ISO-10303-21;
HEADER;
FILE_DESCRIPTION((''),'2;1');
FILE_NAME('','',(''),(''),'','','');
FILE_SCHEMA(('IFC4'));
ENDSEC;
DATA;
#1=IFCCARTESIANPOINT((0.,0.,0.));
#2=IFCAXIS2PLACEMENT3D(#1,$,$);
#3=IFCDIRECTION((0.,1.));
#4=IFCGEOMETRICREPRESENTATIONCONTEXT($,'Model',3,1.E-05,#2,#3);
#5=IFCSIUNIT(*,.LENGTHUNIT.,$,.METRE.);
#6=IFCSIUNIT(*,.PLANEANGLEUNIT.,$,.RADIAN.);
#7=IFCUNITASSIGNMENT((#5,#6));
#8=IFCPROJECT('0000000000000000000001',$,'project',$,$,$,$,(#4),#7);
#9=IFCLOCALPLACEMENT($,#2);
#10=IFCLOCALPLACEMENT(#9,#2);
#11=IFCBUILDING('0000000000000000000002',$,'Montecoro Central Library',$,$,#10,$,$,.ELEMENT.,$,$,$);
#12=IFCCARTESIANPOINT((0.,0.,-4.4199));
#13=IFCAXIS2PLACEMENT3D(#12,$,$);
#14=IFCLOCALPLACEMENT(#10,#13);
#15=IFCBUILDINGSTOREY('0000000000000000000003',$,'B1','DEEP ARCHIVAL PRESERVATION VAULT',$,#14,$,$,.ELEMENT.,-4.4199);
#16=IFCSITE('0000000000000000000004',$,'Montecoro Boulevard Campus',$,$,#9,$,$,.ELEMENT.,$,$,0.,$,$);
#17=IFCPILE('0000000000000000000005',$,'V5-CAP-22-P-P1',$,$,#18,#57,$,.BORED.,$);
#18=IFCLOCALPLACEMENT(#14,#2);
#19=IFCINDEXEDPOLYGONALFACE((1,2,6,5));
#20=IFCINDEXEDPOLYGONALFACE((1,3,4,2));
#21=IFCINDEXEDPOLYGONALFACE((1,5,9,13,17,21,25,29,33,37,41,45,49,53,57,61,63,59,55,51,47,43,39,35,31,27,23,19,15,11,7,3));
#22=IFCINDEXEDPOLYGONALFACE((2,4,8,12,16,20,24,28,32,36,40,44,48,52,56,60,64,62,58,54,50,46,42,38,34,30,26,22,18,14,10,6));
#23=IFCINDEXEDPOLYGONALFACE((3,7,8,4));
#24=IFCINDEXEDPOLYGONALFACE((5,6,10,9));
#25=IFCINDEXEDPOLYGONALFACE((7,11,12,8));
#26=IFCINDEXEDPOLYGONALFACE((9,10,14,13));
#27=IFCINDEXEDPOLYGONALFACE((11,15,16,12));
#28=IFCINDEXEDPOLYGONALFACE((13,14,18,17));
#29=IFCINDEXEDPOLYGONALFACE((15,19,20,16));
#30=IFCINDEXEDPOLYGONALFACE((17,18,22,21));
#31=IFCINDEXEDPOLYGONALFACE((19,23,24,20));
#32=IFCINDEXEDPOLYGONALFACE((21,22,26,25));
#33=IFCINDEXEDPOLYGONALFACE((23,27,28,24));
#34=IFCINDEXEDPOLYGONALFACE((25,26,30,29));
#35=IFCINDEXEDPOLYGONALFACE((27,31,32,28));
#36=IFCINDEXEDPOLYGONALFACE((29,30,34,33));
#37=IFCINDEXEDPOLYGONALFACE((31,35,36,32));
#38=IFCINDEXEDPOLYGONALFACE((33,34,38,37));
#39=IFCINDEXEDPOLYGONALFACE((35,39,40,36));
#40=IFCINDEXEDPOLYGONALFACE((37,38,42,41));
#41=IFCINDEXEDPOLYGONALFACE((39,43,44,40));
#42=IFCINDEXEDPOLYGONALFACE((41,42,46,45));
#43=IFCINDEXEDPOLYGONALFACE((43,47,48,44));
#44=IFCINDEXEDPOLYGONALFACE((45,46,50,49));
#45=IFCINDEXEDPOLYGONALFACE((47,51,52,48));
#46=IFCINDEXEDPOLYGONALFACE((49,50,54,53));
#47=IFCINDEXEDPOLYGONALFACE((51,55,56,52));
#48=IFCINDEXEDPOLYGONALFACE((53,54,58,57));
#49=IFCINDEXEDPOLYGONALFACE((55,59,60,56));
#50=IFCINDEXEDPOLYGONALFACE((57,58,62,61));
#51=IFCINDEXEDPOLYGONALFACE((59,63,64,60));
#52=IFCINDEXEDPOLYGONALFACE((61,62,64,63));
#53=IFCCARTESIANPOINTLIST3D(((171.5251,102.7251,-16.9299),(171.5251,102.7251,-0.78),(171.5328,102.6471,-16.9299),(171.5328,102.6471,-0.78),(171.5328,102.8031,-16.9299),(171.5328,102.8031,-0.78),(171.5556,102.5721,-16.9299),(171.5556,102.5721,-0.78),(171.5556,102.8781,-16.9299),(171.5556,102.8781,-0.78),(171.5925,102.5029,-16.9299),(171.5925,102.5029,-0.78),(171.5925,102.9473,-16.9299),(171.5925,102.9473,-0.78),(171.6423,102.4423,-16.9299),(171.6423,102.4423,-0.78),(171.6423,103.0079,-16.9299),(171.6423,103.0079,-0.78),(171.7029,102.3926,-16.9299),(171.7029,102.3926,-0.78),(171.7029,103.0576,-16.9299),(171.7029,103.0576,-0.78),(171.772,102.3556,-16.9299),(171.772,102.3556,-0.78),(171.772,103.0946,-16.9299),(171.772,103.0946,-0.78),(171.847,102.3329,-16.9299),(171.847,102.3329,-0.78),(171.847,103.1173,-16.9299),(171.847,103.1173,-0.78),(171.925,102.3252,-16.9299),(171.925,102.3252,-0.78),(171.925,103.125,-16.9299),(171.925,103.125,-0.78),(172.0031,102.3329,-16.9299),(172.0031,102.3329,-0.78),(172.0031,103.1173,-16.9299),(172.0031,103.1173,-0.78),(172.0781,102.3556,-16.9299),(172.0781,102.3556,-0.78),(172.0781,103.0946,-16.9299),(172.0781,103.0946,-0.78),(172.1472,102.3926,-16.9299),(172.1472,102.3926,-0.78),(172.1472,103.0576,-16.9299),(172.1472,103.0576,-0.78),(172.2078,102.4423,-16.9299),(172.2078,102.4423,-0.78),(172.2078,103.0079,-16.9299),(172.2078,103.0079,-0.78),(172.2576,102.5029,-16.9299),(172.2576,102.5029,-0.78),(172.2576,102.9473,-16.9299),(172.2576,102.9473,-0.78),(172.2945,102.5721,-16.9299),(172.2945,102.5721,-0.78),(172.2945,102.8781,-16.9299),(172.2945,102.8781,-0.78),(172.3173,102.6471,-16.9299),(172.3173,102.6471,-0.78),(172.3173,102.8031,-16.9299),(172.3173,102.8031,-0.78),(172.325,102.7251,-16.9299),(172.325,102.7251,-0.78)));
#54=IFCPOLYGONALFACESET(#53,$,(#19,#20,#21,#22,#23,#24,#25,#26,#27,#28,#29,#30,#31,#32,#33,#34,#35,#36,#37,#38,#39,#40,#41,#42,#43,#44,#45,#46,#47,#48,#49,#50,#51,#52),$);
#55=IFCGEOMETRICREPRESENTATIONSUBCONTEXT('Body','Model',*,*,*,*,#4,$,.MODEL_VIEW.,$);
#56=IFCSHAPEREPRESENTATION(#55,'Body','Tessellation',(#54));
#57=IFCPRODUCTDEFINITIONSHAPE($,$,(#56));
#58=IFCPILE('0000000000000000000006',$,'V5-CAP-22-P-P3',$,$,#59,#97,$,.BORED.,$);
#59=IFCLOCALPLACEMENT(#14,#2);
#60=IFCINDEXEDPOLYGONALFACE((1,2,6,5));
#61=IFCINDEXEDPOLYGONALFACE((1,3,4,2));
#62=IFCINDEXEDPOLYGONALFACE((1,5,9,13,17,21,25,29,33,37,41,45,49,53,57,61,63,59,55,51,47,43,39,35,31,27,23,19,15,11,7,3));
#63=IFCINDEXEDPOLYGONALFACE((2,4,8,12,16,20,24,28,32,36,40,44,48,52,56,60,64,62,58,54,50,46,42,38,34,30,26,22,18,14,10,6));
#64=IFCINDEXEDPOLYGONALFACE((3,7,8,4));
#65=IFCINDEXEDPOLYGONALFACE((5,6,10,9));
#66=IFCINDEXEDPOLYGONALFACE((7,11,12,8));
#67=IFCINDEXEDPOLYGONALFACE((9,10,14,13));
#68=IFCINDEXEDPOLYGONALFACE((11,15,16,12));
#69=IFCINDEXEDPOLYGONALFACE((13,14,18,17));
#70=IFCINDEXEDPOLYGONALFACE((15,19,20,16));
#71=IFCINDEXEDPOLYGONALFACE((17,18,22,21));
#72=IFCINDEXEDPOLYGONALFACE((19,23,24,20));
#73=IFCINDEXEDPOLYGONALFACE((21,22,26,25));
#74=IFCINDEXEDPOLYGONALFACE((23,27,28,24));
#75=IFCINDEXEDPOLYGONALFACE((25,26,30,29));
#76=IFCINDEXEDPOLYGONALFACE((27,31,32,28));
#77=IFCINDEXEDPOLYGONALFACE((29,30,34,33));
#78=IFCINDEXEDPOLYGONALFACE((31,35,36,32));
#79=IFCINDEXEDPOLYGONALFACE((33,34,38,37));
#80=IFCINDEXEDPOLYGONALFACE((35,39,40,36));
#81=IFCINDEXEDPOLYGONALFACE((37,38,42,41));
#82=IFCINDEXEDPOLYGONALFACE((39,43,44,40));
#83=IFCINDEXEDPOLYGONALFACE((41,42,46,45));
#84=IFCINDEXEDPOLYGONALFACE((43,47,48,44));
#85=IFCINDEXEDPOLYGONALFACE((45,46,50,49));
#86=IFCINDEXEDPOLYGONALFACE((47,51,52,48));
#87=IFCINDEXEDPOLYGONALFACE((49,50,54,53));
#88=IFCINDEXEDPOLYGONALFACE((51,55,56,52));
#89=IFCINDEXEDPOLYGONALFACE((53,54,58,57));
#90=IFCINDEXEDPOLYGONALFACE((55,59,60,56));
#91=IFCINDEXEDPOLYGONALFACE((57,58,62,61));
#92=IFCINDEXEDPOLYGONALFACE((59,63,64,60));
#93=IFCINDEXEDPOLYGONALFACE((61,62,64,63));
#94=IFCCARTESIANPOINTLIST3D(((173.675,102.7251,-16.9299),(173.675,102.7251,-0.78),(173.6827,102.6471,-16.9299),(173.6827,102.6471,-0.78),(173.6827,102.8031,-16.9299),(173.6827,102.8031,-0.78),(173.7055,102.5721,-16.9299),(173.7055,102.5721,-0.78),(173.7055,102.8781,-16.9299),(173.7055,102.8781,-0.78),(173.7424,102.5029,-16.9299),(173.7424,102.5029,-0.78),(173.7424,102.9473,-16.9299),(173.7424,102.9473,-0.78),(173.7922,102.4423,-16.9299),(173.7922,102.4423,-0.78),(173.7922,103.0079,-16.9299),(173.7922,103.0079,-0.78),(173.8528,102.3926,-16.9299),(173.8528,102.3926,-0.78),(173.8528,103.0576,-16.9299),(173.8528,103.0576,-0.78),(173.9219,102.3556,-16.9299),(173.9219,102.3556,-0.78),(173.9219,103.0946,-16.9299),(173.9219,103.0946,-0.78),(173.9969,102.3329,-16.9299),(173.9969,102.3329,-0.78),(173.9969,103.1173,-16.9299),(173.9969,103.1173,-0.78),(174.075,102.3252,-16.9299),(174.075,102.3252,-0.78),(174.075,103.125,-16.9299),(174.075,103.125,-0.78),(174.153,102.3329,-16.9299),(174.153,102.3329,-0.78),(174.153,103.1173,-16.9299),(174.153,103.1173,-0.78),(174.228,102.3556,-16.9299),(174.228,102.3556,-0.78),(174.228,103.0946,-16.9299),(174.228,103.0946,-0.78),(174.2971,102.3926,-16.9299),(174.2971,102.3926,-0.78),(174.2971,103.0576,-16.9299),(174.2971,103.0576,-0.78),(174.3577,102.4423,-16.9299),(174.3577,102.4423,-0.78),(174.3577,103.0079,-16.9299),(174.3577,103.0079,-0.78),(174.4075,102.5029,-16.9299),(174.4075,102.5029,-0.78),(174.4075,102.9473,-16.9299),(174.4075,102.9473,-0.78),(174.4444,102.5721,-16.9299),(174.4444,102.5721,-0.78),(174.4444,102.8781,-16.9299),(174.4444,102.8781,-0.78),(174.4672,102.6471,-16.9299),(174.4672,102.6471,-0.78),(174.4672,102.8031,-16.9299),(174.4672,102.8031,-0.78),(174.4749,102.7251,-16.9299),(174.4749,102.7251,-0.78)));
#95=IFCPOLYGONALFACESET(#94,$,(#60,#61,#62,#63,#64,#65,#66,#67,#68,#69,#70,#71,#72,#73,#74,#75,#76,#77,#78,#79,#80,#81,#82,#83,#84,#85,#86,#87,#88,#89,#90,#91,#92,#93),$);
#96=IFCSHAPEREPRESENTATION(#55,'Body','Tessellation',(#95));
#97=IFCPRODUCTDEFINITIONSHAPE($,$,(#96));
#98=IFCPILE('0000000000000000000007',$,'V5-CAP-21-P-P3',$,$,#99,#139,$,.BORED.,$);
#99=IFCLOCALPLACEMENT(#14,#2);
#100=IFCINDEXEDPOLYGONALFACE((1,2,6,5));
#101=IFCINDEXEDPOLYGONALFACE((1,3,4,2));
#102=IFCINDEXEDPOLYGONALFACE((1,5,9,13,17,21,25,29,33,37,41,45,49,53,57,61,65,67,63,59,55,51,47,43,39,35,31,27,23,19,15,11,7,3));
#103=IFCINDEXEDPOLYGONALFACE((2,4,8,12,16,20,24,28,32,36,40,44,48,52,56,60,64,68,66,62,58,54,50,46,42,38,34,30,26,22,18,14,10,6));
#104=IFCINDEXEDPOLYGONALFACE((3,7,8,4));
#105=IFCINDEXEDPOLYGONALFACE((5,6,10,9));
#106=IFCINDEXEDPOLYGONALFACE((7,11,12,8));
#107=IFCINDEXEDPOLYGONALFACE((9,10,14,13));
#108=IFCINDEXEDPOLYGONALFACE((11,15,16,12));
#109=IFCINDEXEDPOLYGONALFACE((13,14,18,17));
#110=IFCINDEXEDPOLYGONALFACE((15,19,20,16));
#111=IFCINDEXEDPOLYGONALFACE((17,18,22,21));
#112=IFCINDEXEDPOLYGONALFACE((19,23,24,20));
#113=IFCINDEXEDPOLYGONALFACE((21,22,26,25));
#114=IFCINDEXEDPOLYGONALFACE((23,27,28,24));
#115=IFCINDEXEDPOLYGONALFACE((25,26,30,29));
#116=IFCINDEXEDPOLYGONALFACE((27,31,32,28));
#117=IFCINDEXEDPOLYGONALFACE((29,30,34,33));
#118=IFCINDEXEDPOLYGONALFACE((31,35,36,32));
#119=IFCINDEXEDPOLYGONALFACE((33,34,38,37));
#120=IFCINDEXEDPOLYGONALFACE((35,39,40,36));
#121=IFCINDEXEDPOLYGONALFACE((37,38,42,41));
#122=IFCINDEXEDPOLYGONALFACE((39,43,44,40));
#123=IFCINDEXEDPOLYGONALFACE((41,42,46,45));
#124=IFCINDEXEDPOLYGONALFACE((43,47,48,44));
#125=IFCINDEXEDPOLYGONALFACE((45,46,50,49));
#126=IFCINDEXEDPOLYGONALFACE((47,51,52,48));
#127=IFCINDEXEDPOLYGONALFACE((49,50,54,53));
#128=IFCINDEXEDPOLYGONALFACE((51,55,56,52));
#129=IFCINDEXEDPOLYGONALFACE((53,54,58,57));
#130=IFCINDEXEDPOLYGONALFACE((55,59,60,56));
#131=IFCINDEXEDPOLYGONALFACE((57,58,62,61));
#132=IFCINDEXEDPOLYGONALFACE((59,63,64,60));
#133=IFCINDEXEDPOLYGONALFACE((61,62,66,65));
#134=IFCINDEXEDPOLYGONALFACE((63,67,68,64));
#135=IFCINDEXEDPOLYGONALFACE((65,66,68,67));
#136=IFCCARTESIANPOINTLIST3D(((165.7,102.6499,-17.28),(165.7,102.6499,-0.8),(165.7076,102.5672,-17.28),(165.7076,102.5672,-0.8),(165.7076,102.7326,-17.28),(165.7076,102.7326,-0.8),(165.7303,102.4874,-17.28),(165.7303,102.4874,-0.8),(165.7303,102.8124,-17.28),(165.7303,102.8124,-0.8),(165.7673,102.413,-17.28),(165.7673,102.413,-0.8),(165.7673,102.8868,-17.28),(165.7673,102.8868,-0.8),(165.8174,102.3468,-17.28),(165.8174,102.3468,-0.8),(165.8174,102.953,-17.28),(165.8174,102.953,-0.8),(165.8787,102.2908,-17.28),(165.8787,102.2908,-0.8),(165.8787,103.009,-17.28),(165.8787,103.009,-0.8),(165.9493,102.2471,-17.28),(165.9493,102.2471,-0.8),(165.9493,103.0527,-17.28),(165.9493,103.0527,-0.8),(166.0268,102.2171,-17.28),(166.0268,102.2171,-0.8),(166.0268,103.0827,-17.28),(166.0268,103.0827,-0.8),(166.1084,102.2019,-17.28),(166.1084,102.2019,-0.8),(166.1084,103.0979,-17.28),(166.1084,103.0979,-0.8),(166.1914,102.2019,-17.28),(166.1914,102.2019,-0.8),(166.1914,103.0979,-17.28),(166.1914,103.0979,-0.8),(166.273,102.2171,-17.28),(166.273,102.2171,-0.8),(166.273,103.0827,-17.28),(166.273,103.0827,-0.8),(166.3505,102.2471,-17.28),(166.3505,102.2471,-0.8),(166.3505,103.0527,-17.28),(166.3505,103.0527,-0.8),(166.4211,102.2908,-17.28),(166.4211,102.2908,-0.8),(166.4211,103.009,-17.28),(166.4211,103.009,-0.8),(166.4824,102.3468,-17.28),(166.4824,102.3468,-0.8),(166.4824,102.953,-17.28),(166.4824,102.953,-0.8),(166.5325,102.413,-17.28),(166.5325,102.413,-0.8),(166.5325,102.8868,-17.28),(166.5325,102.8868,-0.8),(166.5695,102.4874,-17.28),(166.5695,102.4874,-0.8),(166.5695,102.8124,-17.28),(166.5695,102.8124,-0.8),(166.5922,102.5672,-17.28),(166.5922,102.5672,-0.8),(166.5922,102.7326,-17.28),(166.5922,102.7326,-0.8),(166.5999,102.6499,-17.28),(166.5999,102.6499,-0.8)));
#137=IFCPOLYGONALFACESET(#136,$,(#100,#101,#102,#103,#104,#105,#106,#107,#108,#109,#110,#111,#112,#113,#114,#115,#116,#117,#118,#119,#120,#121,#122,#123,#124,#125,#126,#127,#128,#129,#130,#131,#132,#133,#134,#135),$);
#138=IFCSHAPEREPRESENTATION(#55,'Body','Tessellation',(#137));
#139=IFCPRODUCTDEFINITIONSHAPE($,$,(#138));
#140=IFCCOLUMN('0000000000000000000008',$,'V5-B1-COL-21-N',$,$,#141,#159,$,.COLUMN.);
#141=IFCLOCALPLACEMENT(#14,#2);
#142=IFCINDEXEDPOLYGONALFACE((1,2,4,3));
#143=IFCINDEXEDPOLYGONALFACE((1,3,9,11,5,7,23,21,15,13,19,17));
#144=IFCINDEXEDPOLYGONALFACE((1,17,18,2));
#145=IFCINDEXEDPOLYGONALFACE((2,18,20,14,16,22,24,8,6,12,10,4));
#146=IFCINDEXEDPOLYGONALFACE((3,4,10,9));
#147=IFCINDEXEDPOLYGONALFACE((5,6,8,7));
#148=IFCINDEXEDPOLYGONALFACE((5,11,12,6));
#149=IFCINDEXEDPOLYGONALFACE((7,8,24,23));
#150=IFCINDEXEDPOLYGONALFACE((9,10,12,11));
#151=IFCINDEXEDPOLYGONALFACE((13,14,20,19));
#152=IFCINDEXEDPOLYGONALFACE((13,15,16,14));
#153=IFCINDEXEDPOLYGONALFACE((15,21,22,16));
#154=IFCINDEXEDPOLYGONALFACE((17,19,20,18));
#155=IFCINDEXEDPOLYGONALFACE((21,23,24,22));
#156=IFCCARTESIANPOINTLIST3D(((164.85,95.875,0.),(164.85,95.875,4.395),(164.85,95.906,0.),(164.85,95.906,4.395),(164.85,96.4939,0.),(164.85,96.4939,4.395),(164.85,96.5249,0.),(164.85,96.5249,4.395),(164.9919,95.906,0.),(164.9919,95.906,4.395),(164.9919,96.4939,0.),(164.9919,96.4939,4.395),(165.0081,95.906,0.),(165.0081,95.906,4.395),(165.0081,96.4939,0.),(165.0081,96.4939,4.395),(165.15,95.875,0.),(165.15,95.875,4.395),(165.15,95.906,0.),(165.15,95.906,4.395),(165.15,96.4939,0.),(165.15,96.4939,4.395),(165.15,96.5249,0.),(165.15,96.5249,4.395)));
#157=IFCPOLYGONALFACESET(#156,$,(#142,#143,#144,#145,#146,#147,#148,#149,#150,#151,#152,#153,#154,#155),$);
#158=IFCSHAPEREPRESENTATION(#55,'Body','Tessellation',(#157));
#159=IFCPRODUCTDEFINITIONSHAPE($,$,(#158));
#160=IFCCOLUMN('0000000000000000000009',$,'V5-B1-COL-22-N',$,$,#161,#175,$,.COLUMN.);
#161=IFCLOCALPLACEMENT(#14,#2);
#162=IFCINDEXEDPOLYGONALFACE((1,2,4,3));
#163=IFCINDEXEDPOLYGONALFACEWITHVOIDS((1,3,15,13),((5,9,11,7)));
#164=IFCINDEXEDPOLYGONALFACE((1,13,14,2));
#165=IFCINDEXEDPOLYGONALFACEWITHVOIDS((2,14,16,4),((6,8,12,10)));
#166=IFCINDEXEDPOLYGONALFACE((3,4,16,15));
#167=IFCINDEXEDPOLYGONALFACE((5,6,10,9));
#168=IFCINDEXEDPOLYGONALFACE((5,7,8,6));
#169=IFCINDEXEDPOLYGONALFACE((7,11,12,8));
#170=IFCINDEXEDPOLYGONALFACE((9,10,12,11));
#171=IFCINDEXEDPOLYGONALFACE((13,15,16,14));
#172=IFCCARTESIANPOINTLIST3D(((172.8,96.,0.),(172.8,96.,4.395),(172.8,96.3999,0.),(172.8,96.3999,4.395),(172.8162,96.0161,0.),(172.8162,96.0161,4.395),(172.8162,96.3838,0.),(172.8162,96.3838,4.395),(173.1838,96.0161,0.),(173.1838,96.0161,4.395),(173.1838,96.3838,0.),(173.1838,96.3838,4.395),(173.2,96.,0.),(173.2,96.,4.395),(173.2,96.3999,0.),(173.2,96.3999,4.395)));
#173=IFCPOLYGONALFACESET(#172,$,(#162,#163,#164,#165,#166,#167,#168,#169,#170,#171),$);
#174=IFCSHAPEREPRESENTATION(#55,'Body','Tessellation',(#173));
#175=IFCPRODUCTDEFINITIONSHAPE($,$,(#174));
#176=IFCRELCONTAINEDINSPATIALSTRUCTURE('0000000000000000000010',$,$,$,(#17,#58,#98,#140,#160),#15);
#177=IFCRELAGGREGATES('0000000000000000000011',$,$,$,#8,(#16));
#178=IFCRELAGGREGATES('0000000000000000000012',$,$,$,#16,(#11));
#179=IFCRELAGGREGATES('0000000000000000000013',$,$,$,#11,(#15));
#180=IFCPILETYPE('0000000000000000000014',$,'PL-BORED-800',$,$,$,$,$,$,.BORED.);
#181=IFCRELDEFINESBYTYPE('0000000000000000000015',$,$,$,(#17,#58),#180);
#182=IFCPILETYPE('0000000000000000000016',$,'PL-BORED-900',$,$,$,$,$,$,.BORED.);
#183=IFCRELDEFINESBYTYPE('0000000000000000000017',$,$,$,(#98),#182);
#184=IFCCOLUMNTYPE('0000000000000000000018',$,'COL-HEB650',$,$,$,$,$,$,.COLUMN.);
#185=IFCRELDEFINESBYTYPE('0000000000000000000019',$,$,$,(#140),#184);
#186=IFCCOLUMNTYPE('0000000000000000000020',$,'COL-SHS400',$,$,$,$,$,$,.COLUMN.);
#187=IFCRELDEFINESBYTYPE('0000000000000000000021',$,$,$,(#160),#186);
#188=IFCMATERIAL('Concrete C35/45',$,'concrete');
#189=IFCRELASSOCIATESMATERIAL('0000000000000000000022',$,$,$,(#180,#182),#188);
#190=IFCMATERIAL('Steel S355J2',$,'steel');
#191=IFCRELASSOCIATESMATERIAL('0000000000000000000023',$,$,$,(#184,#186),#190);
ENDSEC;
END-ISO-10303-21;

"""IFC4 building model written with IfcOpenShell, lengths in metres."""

from ifc_helpers import new_model, si_unit, direction, frame, origin, origin_2d, place, context, subcontext, project, spatial, hollow_rectangle, circle, i_section, extrude, material, material_profile, profile_set, type_object, element, save


model = new_model("IFC4")

# Units and contexts
model_context = context("Model", 3, precision=1e-05, world=origin(), true_north=direction((0.0, 1.0)))
body_context = subcontext(model_context, "Body", "Model", "MODEL_VIEW")
ifc_project = project(units=[si_unit("LENGTHUNIT", "METRE"), si_unit("PLANEANGLEUNIT", "RADIAN")], contexts=[model_context])

# Site, building, storey
site_placement = place(None, origin())
site = spatial("IfcSite", under=ifc_project, at=site_placement, Name="Montecoro Boulevard Campus", CompositionType="ELEMENT", RefElevation=0.0)
building_placement = place(site_placement, origin())
building = spatial("IfcBuilding", under=site, at=building_placement, Name="Montecoro Central Library", CompositionType="ELEMENT")
storey_placement = place(building_placement, frame((0.0, 0.0, -4.4199)))
storey = spatial("IfcBuildingStorey", under=building, at=storey_placement, Name="B1", Description="DEEP ARCHIVAL PRESERVATION VAULT", CompositionType="ELEMENT", Elevation=-4.4199)

# Shared definitions
ifc_material_1 = material(Name="Concrete C35/45", Category="concrete")

# Piles
ifc_material_profile_1 = material_profile(ifc_material_1, circle(Radius=0.3999, at=origin_2d()), Name="PILE D800")
ifc_profile_set_1 = profile_set([ifc_material_profile_1], Name="Concrete C35/45")
pile_type_1 = type_object("IfcPileType", Name="PL-BORED-800", PredefinedType="BORED", material=ifc_profile_set_1)
for number, where, z_axis, x_axis, name in (
    (1, (171.925, 102.7251, -0.78), (0.0, 0.0, -1.0), (1.0, 0.0, 0.0), "V5-CAP-22-P-P1"),
    (2, (174.075, 102.7251, -0.78), (0.0, 0.0, -1.0), (1.0, 0.0, 0.0), "V5-CAP-22-P-P3"),
):
    element("IfcPile", number, at=place(storey_placement, frame(where, z_axis=z_axis, x_axis=x_axis)), inside=storey, type_object=pile_type_1, Name=name, PredefinedType="BORED", context=body_context, shape_type="SweptSolid", body=[
        extrude(circle(Radius=0.3999, at=origin_2d()), origin(), (0.0, 0.0, 1.0), 16.1499),
    ])
ifc_material_profile_2 = material_profile(ifc_material_1, circle(Radius=0.45, at=origin_2d()), Name="PILE D900")
ifc_profile_set_2 = profile_set([ifc_material_profile_2], Name="Concrete C35/45")
pile_type_2 = type_object("IfcPileType", Name="PL-BORED-900", PredefinedType="BORED", material=ifc_profile_set_2)
pile_placement = place(storey_placement, frame((166.1499, 102.6499, -0.8), z_axis=(0.0, 0.0, -1.0), x_axis=(1.0, 0.0, 0.0)))
element("IfcPile", 3, at=pile_placement, inside=storey, type_object=pile_type_2, Name="V5-CAP-21-P-P3", PredefinedType="BORED", context=body_context, shape_type="SweptSolid", body=[
    extrude(circle(Radius=0.45, at=origin_2d()), origin(), (0.0, 0.0, 1.0), 16.48),
])

# Columns
ifc_material_2 = material(Name="Steel S355J2", Category="steel")
ifc_material_profile_3 = material_profile(ifc_material_2, i_section(OverallWidth=0.3, OverallDepth=0.6499, WebThickness=0.0161, FlangeThickness=0.031, at=origin_2d()), Name="HEB 650")
ifc_profile_set_3 = profile_set([ifc_material_profile_3], Name="Steel S355J2")
column_type_1 = type_object("IfcColumnType", Name="COL-HEB650", PredefinedType="COLUMN", material=ifc_profile_set_3)
column_1_placement = place(storey_placement, frame((165.0, 96.2, 0.0), z_axis=(0.0, 0.0, 1.0), x_axis=(1.0, 0.0, 0.0)))
element("IfcColumn", 4, at=column_1_placement, inside=storey, type_object=column_type_1, Name="V5-B1-COL-21-N", PredefinedType="COLUMN", context=body_context, shape_type="SweptSolid", body=[
    extrude(i_section(OverallWidth=0.3, OverallDepth=0.6499, WebThickness=0.0161, FlangeThickness=0.031, at=origin_2d()), origin(), (0.0, 0.0, 1.0), 4.395),
])
ifc_material_profile_4 = material_profile(ifc_material_2, hollow_rectangle(XDim=0.3999, YDim=0.3999, WallThickness=0.0161, at=origin_2d()), Name="SHS 400x400x16.0")
ifc_profile_set_4 = profile_set([ifc_material_profile_4], Name="Steel S355J2")
column_type_2 = type_object("IfcColumnType", Name="COL-SHS400", PredefinedType="COLUMN", material=ifc_profile_set_4)
column_2_placement = place(storey_placement, frame((173.0, 96.2, 0.0), z_axis=(0.0, 0.0, 1.0), x_axis=(1.0, 0.0, 0.0)))
element("IfcColumn", 5, at=column_2_placement, inside=storey, type_object=column_type_2, Name="V5-B1-COL-22-N", PredefinedType="COLUMN", context=body_context, shape_type="SweptSolid", body=[
    extrude(hollow_rectangle(XDim=0.3999, YDim=0.3999, WallThickness=0.0161, at=origin_2d()), origin(), (0.0, 0.0, 1.0), 4.395),
])

save(model, "model.ifc")
